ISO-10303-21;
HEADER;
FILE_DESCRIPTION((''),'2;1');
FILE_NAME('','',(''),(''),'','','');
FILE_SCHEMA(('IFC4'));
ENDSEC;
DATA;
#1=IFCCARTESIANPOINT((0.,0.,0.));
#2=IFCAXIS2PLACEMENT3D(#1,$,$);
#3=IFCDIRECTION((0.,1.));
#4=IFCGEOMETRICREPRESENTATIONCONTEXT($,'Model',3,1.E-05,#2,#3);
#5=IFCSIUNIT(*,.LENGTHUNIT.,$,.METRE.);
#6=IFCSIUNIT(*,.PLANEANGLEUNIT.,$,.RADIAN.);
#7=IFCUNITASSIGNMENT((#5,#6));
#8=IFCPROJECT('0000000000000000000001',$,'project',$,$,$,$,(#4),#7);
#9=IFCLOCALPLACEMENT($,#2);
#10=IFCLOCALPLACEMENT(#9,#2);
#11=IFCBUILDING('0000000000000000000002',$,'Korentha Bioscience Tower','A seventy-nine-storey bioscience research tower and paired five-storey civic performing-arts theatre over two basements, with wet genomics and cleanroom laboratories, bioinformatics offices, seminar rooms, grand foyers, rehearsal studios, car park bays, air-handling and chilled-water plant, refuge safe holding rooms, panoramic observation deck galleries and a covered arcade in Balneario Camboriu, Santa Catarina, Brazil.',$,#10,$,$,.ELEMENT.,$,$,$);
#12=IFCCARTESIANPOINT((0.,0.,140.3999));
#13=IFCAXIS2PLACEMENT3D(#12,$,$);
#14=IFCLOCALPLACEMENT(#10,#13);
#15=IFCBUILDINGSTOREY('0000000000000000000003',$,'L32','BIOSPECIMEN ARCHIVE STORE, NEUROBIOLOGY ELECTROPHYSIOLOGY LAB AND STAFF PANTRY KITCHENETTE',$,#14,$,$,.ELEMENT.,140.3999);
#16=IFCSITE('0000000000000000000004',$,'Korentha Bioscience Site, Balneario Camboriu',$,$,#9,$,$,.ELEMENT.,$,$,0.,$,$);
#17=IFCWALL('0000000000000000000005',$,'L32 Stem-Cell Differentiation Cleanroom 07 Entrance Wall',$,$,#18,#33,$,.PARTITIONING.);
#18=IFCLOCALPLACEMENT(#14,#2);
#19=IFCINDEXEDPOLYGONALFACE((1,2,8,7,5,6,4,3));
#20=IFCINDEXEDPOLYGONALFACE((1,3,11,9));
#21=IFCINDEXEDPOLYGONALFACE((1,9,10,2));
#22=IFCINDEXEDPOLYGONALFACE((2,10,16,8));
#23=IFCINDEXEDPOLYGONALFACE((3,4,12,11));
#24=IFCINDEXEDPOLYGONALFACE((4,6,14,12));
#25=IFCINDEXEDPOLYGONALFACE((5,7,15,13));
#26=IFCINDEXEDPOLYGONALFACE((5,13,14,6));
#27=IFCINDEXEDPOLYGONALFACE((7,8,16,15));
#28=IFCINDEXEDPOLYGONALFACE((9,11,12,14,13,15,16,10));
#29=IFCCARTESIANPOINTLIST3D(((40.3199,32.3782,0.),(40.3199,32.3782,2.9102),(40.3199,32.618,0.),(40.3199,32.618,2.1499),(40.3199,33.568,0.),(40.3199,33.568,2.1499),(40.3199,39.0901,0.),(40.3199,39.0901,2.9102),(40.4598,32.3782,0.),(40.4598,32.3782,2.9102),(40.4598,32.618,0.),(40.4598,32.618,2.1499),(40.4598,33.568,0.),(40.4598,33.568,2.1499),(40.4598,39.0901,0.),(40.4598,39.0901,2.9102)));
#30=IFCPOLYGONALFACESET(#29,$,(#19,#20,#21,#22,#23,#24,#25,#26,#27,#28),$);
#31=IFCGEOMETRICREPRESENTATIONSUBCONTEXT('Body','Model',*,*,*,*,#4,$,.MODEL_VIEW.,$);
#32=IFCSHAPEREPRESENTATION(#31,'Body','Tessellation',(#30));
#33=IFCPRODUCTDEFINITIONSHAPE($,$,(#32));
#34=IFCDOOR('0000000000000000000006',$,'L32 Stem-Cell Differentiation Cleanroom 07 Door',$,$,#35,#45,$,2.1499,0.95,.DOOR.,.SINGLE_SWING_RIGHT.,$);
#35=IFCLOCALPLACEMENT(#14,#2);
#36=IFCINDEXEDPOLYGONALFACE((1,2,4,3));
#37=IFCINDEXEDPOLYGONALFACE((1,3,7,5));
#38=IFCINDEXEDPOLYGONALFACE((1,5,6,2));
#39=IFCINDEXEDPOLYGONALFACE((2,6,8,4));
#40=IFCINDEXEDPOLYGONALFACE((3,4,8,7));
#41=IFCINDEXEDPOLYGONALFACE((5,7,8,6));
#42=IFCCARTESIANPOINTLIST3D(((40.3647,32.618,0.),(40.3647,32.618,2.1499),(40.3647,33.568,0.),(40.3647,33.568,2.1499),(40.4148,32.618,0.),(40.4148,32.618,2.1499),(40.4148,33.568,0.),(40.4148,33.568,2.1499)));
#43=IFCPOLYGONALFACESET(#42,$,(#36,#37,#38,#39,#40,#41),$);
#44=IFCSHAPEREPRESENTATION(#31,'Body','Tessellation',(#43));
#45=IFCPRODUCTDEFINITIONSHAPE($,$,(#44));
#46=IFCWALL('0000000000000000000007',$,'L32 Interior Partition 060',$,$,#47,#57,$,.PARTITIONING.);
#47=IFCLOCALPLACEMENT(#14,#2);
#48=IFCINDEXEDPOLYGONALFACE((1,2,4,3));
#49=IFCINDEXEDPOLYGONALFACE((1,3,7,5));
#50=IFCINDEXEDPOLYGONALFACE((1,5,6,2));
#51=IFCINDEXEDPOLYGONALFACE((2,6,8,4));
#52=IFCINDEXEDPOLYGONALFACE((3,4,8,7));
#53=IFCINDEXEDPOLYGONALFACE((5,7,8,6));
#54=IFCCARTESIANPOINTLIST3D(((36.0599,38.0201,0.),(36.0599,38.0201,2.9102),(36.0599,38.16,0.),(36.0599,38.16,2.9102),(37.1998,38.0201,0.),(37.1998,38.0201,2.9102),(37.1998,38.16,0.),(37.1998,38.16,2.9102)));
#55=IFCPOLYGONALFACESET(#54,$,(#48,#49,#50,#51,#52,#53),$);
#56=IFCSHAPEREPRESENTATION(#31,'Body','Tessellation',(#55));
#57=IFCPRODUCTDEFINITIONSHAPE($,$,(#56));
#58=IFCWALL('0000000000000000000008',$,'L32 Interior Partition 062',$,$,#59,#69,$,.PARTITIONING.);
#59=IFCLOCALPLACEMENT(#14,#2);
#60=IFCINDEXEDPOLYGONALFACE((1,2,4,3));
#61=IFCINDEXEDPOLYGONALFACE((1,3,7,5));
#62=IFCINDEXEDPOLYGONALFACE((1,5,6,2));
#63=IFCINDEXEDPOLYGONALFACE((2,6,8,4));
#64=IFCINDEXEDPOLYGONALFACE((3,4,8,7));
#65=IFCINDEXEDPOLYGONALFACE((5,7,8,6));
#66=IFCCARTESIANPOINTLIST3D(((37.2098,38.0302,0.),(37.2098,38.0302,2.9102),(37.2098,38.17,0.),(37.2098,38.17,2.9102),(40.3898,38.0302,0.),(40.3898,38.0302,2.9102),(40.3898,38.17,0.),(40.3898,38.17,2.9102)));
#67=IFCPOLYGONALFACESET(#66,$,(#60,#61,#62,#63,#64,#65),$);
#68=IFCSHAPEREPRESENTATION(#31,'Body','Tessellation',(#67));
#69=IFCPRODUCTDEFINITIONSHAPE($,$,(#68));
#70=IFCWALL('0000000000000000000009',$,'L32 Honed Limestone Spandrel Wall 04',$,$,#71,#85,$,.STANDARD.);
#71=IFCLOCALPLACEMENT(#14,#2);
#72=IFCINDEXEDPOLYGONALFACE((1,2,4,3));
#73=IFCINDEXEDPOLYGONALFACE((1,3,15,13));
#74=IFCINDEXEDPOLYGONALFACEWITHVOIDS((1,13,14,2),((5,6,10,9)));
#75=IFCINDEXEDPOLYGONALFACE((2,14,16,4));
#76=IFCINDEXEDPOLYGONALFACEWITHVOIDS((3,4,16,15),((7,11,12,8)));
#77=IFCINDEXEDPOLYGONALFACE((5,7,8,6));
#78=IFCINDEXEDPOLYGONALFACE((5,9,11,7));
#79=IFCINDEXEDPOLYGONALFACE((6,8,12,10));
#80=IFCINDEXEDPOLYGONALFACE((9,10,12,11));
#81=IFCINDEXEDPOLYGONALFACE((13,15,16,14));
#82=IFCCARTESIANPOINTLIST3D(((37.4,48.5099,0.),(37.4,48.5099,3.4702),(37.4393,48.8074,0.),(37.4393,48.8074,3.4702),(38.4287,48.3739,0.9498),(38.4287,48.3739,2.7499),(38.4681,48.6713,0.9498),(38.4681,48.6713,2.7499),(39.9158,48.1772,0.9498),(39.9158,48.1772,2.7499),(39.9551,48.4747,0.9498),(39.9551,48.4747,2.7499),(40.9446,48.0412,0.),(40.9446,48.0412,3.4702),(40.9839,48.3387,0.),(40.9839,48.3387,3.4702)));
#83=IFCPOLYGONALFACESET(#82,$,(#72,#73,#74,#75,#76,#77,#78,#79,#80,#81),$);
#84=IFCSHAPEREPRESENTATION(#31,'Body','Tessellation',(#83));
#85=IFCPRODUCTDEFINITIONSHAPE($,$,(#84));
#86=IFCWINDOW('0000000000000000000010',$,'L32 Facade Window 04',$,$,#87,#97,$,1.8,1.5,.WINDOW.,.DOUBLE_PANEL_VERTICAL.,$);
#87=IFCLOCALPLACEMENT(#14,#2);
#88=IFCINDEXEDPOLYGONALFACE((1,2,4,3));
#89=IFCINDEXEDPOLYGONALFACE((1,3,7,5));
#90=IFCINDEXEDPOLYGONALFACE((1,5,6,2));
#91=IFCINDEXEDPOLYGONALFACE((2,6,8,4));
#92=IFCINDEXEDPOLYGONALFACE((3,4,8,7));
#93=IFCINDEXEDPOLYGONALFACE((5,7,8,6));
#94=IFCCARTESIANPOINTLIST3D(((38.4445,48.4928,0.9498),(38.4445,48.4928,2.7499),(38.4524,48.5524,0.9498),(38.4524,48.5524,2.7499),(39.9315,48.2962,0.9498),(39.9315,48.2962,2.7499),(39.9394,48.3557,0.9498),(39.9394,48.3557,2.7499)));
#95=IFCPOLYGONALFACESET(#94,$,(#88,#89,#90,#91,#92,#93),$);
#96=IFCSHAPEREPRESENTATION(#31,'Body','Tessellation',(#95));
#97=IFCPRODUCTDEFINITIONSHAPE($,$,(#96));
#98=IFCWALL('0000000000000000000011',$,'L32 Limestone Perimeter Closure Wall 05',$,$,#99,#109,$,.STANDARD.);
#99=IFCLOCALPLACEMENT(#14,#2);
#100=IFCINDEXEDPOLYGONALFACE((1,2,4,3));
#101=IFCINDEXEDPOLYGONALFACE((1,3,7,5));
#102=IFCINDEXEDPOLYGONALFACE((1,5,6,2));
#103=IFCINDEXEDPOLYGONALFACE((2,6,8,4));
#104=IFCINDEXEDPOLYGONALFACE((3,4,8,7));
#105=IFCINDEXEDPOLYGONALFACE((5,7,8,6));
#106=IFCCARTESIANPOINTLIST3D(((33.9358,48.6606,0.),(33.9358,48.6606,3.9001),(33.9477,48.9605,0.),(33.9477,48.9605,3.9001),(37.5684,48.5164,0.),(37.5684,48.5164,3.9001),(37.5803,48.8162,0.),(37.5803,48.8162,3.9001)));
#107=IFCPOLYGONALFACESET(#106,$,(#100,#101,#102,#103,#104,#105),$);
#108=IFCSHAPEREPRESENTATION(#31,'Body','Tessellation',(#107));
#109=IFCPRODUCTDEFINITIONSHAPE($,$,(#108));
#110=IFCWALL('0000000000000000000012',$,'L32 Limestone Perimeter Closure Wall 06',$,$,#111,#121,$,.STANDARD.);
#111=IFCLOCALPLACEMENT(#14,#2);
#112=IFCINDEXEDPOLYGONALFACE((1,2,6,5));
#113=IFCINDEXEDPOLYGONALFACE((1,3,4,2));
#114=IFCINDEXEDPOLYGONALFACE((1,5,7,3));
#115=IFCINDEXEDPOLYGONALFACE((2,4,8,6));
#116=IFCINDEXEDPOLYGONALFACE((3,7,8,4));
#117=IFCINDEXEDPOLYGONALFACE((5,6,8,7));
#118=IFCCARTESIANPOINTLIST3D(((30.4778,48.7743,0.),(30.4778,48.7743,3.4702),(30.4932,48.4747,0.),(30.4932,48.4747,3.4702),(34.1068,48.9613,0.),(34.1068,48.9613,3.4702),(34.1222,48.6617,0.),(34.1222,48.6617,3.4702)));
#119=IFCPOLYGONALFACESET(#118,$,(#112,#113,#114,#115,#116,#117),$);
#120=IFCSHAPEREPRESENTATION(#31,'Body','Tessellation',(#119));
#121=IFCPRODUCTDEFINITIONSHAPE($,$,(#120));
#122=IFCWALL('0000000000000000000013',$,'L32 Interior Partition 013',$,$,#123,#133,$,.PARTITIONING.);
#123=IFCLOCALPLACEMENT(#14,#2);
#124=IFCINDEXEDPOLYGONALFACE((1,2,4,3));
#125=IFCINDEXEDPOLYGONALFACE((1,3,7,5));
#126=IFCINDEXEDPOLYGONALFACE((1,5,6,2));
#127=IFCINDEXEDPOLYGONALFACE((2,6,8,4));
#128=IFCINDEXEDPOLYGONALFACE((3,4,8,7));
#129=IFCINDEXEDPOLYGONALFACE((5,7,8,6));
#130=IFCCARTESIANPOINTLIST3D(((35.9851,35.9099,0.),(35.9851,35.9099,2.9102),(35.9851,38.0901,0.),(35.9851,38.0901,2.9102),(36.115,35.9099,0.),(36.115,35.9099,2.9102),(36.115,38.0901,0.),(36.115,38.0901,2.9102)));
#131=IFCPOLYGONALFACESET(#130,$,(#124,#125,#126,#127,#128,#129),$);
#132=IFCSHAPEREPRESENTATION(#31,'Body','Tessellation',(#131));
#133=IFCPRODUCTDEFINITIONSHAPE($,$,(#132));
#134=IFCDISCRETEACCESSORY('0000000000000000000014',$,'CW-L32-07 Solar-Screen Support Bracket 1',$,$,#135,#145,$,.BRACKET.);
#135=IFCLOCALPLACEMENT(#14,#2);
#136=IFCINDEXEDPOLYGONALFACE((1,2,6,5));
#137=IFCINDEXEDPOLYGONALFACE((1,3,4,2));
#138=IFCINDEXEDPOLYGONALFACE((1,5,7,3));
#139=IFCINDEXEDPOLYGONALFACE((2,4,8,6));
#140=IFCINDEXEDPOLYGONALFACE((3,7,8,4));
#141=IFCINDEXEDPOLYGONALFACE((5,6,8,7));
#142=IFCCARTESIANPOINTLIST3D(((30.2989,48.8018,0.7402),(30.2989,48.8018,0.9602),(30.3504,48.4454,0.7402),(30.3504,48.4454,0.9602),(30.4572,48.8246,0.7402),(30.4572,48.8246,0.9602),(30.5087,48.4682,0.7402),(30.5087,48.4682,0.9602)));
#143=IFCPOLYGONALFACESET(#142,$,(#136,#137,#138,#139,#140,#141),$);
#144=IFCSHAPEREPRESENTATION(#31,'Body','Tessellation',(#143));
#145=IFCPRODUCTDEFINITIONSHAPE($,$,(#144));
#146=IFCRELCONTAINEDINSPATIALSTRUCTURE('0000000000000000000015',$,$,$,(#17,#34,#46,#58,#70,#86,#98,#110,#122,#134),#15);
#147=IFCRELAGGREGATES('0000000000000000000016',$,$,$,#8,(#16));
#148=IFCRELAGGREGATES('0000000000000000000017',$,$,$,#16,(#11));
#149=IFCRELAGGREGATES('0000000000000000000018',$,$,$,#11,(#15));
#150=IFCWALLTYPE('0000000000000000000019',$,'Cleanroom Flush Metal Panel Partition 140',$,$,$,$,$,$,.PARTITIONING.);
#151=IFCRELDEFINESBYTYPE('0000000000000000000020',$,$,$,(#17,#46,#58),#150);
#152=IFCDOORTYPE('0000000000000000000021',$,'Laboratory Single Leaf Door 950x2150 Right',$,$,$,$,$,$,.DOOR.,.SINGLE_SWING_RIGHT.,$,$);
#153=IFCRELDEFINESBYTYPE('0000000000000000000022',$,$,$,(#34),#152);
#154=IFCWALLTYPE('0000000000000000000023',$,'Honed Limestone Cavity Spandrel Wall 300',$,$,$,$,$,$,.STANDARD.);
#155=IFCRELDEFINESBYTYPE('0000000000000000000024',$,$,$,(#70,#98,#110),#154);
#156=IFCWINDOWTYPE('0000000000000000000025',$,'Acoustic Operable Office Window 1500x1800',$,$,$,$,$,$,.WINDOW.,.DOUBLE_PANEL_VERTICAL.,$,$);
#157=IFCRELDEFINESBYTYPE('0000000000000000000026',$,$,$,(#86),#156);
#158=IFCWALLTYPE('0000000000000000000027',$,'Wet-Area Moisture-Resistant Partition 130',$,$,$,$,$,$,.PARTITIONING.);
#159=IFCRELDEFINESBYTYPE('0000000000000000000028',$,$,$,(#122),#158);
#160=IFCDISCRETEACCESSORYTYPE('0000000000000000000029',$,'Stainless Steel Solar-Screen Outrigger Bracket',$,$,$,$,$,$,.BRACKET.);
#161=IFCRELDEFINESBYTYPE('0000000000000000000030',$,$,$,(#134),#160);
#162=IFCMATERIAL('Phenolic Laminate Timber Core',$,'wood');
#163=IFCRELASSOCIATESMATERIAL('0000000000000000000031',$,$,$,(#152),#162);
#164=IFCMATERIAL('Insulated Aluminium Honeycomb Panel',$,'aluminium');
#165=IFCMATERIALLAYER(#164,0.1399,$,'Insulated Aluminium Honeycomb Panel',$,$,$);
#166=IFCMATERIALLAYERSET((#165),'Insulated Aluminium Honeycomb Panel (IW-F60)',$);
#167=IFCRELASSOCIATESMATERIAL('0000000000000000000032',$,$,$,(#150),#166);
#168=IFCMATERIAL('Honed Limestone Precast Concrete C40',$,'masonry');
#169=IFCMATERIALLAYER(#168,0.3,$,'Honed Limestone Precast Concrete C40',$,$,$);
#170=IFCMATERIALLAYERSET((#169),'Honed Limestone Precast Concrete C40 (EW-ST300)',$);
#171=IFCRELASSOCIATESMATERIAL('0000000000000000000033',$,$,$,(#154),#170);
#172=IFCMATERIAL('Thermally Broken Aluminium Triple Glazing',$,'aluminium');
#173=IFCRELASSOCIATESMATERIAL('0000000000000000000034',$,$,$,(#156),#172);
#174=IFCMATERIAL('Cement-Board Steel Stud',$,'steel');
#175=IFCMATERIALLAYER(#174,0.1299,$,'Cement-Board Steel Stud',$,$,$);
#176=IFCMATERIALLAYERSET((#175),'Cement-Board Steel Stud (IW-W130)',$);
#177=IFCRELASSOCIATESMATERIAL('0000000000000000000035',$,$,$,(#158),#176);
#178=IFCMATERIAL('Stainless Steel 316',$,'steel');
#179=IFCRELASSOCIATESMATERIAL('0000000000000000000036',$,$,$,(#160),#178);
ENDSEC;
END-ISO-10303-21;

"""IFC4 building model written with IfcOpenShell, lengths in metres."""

from ifc_helpers import new_model, si_unit, direction, frame, frame_2d, origin, origin_2d, place, context, subcontext, project, spatial, rectangle, extrude, material, layer, layer_set, type_object, element, fill, save


model = new_model("IFC4")

# Units and contexts
model_context = context("Model", 3, precision=1e-05, world=origin(), true_north=direction((0.0, 1.0)))
body_context = subcontext(model_context, "Body", "Model", "MODEL_VIEW")
ifc_project = project(units=[si_unit("LENGTHUNIT", "METRE"), si_unit("PLANEANGLEUNIT", "RADIAN")], contexts=[model_context])

# Site, building, storey
site_placement = place(None, origin())
site = spatial("IfcSite", under=ifc_project, at=site_placement, Name="Korentha Bioscience Site, Balneario Camboriu", CompositionType="ELEMENT", RefElevation=0.0)
building_placement = place(site_placement, origin())
building = spatial("IfcBuilding", under=site, at=building_placement, Name="Korentha Bioscience Tower", Description="A seventy-nine-storey bioscience research tower and paired five-storey civic performing-arts theatre over two basements, with wet genomics and cleanroom laboratories, bioinformatics offices, seminar rooms, grand foyers, rehearsal studios, car park bays, air-handling and chilled-water plant, refuge safe holding rooms, panoramic observation deck galleries and a covered arcade in Balneario Camboriu, Santa Catarina, Brazil.", CompositionType="ELEMENT")
storey_placement = place(building_placement, frame((0.0, 0.0, 140.3999)))
storey = spatial("IfcBuildingStorey", under=building, at=storey_placement, Name="L32", Description="BIOSPECIMEN ARCHIVE STORE, NEUROBIOLOGY ELECTROPHYSIOLOGY LAB AND STAFF PANTRY KITCHENETTE", CompositionType="ELEMENT", Elevation=140.3999)

# Shared definitions
ifc_material_1 = material(Name="Phenolic Laminate Timber Core", Category="wood")
door_type_1 = type_object("IfcDoorType", Name="Laboratory Single Leaf Door 950x2150 Right", OperationType="SINGLE_SWING_RIGHT", PredefinedType="DOOR", material=ifc_material_1)

# Wall, opening, door
ifc_material_2 = material(Name="Insulated Aluminium Honeycomb Panel", Category="aluminium")
ifc_layer_1 = layer(ifc_material_2, 0.1399, Name="Insulated Aluminium Honeycomb Panel")
ifc_layer_set_1 = layer_set([ifc_layer_1], Name="Insulated Aluminium Honeycomb Panel (IW-F60)")
wall_type_1 = type_object("IfcWallType", Name="Cleanroom Flush Metal Panel Partition 140", PredefinedType="PARTITIONING", material=ifc_layer_set_1)
wall_1_placement = place(storey_placement, frame((40.3899, 39.0901, 0.0), z_axis=(0.0, 0.0, 1.0), x_axis=(0.0, -1.0, 0.0)))
wall_1 = element("IfcWall", 1, at=wall_1_placement, inside=storey, type_object=wall_type_1, Name="L32 Stem-Cell Differentiation Cleanroom 07 Entrance Wall", PredefinedType="PARTITIONING", context=body_context, shape_type="SweptSolid", body=[
    extrude(rectangle(XDim=6.7119, YDim=0.1399, at=frame_2d((3.356, 0.0))), origin(), (0.0, 0.0, 1.0), 2.9102),
])
opening_1_placement = place(wall_1_placement, frame((5.522, 0.0, 0.0)))
opening_1 = element("IfcOpeningElement", 2, at=opening_1_placement, cuts=wall_1, PredefinedType="OPENING", context=body_context, shape_type="SweptSolid", body=[
    extrude(rectangle(XDim=0.95, YDim=2.1499, at=frame_2d((0.4751, 1.075))), frame((0.0, 0.085, 0.0), z_axis=(0.0, -1.0, 0.0), x_axis=(1.0, 0.0, 0.0)), (0.0, 0.0, 1.0), 0.1697),
])
door_1_placement = place(opening_1_placement, origin())
door_1 = element("IfcDoor", 3, at=door_1_placement, inside=storey, type_object=door_type_1, Name="L32 Stem-Cell Differentiation Cleanroom 07 Door", OperationType="SINGLE_SWING_RIGHT", OverallHeight=2.1499, OverallWidth=0.95, PredefinedType="DOOR", context=body_context, shape_type="SweptSolid", body=[
    extrude(rectangle(XDim=0.95, YDim=2.1499, at=frame_2d((0.4751, 1.075))), frame((0.0, 0.0249, 0.0), z_axis=(0.0, -1.0, 0.0), x_axis=(1.0, 0.0, 0.0)), (0.0, 0.0, 1.0), 0.05),
])
fill(opening_1, door_1)

# Walls
wall_2_placement = place(storey_placement, frame((36.0601, 38.0901, 0.0), z_axis=(0.0, 0.0, 1.0), x_axis=(1.0, 0.0, 0.0)))
element("IfcWall", 4, at=wall_2_placement, inside=storey, type_object=wall_type_1, Name="L32 Interior Partition 060", PredefinedType="PARTITIONING", context=body_context, shape_type="SweptSolid", body=[
    extrude(rectangle(XDim=1.1399, YDim=0.1399, at=frame_2d((0.5698, 0.0))), origin(), (0.0, 0.0, 1.0), 2.9102),
])
wall_3_placement = place(storey_placement, frame((37.21, 38.1001, 0.0), z_axis=(0.0, 0.0, 1.0), x_axis=(1.0, 0.0, 0.0)))
element("IfcWall", 5, at=wall_3_placement, inside=storey, type_object=wall_type_1, Name="L32 Interior Partition 062", PredefinedType="PARTITIONING", context=body_context, shape_type="SweptSolid", body=[
    extrude(rectangle(XDim=3.1799, YDim=0.1399, at=frame_2d((1.5898, 0.0))), origin(), (0.0, 0.0, 1.0), 2.9102),
])

# Wall, opening, window
ifc_material_3 = material(Name="Honed Limestone Precast Concrete C40", Category="masonry")
ifc_layer_2 = layer(ifc_material_3, 0.3, Name="Honed Limestone Precast Concrete C40")
ifc_layer_set_2 = layer_set([ifc_layer_2], Name="Honed Limestone Precast Concrete C40 (EW-ST300)")
wall_type_2 = type_object("IfcWallType", Name="Honed Limestone Cavity Spandrel Wall 300", PredefinedType="STANDARD", material=ifc_layer_set_2)
wall_4_placement = place(storey_placement, frame((40.9641, 48.1899, 0.0), z_axis=(0.0, 0.0, 1.0), x_axis=(-0.991369, 0.131099, 0.0)))
wall_4 = element("IfcWall", 6, at=wall_4_placement, inside=storey, type_object=wall_type_2, Name="L32 Honed Limestone Spandrel Wall 04", PredefinedType="STANDARD", context=body_context, shape_type="SweptSolid", body=[
    extrude(rectangle(XDim=3.5754, YDim=0.3, at=frame_2d((1.7876, 0.0))), origin(), (0.0, 0.0, 1.0), 3.4702),
])
opening_2_placement = place(wall_4_placement, frame((1.0376, 0.0, 0.95)))
opening_2 = element("IfcOpeningElement", 7, at=opening_2_placement, cuts=wall_4, PredefinedType="OPENING", context=body_context, shape_type="SweptSolid", body=[
    extrude(rectangle(XDim=1.5, YDim=1.8, at=frame_2d((0.75, 0.8999))), frame((0.0, 0.165, 0.0), z_axis=(0.0, -1.0, 0.0), x_axis=(1.0, 0.0, 0.0)), (0.0, 0.0, 1.0), 0.3298),
])
ifc_material_4 = material(Name="Thermally Broken Aluminium Triple Glazing", Category="aluminium")
window_type = type_object("IfcWindowType", Name="Acoustic Operable Office Window 1500x1800", PartitioningType="DOUBLE_PANEL_VERTICAL", PredefinedType="WINDOW", material=ifc_material_4)
window_placement = place(opening_2_placement, origin())
window = element("IfcWindow", 8, at=window_placement, inside=storey, type_object=window_type, Name="L32 Facade Window 04", OverallHeight=1.8, OverallWidth=1.5, PartitioningType="DOUBLE_PANEL_VERTICAL", PredefinedType="WINDOW", context=body_context, shape_type="SweptSolid", body=[
    extrude(rectangle(XDim=1.5, YDim=1.8, at=frame_2d((0.75, 0.8999))), frame((0.0, 0.03, 0.0), z_axis=(0.0, -1.0, 0.0), x_axis=(1.0, 0.0, 0.0)), (0.0, 0.0, 1.0), 0.0601),
])
fill(opening_2, window)

# Walls
wall_5_placement = place(storey_placement, frame((37.5745, 48.6663, 0.0), z_axis=(0.0, 0.0, 1.0), x_axis=(-0.999212, 0.039689, 0.0)))
element("IfcWall", 9, at=wall_5_placement, inside=storey, type_object=wall_type_2, Name="L32 Limestone Perimeter Closure Wall 05", PredefinedType="STANDARD", context=body_context, shape_type="SweptSolid", body=[
    extrude(rectangle(XDim=3.6355, YDim=0.3, at=frame_2d((1.8179, 0.0))), origin(), (0.0, 0.0, 1.0), 3.9001),
])
wall_6_placement = place(storey_placement, frame((34.1145, 48.8115, 0.0), z_axis=(0.0, 0.0, 1.0), x_axis=(-0.998675, -0.051466, 0.0)))
element("IfcWall", 10, at=wall_6_placement, inside=storey, type_object=wall_type_2, Name="L32 Limestone Perimeter Closure Wall 06", PredefinedType="STANDARD", context=body_context, shape_type="SweptSolid", body=[
    extrude(rectangle(XDim=3.6338, YDim=0.3, at=frame_2d((1.8169, 0.0))), origin(), (0.0, 0.0, 1.0), 3.4702),
])

# Shared definitions
ifc_material_5 = material(Name="Cement-Board Steel Stud", Category="steel")
ifc_layer_3 = layer(ifc_material_5, 0.1299, Name="Cement-Board Steel Stud")
ifc_layer_set_3 = layer_set([ifc_layer_3], Name="Cement-Board Steel Stud (IW-W130)")
wall_type_3 = type_object("IfcWallType", Name="Wet-Area Moisture-Resistant Partition 130", PredefinedType="PARTITIONING", material=ifc_layer_set_3)

# Wall
wall_7_placement = place(storey_placement, frame((36.05, 38.0901, 0.0), z_axis=(0.0, 0.0, 1.0), x_axis=(0.0, -1.0, 0.0)))
element("IfcWall", 11, at=wall_7_placement, inside=storey, type_object=wall_type_3, Name="L32 Interior Partition 013", PredefinedType="PARTITIONING", context=body_context, shape_type="SweptSolid", body=[
    extrude(rectangle(XDim=2.1802, YDim=0.1299, at=frame_2d((1.0901, 0.0))), origin(), (0.0, 0.0, 1.0), 2.9102),
])

# Discrete accessory
ifc_material_6 = material(Name="Stainless Steel 316", Category="steel")
discrete_accessory_type = type_object("IfcDiscreteAccessoryType", Name="Stainless Steel Solar-Screen Outrigger Bracket", PredefinedType="BRACKET", material=ifc_material_6)
discrete_accessory_placement = place(storey_placement, frame((30.4038, 48.635, 0.7402), z_axis=(0.0, 0.0, 1.0), x_axis=(-0.989738, -0.142892, 0.0)))
element("IfcDiscreteAccessory", 12, at=discrete_accessory_placement, inside=storey, type_object=discrete_accessory_type, Name="CW-L32-07 Solar-Screen Support Bracket 1", PredefinedType="BRACKET", context=body_context, shape_type="SweptSolid", body=[
    extrude(rectangle(XDim=0.1599, YDim=0.3601, at=origin_2d()), origin(), (0.0, 0.0, 1.0), 0.22),
])

save(model, "model.ifc")
